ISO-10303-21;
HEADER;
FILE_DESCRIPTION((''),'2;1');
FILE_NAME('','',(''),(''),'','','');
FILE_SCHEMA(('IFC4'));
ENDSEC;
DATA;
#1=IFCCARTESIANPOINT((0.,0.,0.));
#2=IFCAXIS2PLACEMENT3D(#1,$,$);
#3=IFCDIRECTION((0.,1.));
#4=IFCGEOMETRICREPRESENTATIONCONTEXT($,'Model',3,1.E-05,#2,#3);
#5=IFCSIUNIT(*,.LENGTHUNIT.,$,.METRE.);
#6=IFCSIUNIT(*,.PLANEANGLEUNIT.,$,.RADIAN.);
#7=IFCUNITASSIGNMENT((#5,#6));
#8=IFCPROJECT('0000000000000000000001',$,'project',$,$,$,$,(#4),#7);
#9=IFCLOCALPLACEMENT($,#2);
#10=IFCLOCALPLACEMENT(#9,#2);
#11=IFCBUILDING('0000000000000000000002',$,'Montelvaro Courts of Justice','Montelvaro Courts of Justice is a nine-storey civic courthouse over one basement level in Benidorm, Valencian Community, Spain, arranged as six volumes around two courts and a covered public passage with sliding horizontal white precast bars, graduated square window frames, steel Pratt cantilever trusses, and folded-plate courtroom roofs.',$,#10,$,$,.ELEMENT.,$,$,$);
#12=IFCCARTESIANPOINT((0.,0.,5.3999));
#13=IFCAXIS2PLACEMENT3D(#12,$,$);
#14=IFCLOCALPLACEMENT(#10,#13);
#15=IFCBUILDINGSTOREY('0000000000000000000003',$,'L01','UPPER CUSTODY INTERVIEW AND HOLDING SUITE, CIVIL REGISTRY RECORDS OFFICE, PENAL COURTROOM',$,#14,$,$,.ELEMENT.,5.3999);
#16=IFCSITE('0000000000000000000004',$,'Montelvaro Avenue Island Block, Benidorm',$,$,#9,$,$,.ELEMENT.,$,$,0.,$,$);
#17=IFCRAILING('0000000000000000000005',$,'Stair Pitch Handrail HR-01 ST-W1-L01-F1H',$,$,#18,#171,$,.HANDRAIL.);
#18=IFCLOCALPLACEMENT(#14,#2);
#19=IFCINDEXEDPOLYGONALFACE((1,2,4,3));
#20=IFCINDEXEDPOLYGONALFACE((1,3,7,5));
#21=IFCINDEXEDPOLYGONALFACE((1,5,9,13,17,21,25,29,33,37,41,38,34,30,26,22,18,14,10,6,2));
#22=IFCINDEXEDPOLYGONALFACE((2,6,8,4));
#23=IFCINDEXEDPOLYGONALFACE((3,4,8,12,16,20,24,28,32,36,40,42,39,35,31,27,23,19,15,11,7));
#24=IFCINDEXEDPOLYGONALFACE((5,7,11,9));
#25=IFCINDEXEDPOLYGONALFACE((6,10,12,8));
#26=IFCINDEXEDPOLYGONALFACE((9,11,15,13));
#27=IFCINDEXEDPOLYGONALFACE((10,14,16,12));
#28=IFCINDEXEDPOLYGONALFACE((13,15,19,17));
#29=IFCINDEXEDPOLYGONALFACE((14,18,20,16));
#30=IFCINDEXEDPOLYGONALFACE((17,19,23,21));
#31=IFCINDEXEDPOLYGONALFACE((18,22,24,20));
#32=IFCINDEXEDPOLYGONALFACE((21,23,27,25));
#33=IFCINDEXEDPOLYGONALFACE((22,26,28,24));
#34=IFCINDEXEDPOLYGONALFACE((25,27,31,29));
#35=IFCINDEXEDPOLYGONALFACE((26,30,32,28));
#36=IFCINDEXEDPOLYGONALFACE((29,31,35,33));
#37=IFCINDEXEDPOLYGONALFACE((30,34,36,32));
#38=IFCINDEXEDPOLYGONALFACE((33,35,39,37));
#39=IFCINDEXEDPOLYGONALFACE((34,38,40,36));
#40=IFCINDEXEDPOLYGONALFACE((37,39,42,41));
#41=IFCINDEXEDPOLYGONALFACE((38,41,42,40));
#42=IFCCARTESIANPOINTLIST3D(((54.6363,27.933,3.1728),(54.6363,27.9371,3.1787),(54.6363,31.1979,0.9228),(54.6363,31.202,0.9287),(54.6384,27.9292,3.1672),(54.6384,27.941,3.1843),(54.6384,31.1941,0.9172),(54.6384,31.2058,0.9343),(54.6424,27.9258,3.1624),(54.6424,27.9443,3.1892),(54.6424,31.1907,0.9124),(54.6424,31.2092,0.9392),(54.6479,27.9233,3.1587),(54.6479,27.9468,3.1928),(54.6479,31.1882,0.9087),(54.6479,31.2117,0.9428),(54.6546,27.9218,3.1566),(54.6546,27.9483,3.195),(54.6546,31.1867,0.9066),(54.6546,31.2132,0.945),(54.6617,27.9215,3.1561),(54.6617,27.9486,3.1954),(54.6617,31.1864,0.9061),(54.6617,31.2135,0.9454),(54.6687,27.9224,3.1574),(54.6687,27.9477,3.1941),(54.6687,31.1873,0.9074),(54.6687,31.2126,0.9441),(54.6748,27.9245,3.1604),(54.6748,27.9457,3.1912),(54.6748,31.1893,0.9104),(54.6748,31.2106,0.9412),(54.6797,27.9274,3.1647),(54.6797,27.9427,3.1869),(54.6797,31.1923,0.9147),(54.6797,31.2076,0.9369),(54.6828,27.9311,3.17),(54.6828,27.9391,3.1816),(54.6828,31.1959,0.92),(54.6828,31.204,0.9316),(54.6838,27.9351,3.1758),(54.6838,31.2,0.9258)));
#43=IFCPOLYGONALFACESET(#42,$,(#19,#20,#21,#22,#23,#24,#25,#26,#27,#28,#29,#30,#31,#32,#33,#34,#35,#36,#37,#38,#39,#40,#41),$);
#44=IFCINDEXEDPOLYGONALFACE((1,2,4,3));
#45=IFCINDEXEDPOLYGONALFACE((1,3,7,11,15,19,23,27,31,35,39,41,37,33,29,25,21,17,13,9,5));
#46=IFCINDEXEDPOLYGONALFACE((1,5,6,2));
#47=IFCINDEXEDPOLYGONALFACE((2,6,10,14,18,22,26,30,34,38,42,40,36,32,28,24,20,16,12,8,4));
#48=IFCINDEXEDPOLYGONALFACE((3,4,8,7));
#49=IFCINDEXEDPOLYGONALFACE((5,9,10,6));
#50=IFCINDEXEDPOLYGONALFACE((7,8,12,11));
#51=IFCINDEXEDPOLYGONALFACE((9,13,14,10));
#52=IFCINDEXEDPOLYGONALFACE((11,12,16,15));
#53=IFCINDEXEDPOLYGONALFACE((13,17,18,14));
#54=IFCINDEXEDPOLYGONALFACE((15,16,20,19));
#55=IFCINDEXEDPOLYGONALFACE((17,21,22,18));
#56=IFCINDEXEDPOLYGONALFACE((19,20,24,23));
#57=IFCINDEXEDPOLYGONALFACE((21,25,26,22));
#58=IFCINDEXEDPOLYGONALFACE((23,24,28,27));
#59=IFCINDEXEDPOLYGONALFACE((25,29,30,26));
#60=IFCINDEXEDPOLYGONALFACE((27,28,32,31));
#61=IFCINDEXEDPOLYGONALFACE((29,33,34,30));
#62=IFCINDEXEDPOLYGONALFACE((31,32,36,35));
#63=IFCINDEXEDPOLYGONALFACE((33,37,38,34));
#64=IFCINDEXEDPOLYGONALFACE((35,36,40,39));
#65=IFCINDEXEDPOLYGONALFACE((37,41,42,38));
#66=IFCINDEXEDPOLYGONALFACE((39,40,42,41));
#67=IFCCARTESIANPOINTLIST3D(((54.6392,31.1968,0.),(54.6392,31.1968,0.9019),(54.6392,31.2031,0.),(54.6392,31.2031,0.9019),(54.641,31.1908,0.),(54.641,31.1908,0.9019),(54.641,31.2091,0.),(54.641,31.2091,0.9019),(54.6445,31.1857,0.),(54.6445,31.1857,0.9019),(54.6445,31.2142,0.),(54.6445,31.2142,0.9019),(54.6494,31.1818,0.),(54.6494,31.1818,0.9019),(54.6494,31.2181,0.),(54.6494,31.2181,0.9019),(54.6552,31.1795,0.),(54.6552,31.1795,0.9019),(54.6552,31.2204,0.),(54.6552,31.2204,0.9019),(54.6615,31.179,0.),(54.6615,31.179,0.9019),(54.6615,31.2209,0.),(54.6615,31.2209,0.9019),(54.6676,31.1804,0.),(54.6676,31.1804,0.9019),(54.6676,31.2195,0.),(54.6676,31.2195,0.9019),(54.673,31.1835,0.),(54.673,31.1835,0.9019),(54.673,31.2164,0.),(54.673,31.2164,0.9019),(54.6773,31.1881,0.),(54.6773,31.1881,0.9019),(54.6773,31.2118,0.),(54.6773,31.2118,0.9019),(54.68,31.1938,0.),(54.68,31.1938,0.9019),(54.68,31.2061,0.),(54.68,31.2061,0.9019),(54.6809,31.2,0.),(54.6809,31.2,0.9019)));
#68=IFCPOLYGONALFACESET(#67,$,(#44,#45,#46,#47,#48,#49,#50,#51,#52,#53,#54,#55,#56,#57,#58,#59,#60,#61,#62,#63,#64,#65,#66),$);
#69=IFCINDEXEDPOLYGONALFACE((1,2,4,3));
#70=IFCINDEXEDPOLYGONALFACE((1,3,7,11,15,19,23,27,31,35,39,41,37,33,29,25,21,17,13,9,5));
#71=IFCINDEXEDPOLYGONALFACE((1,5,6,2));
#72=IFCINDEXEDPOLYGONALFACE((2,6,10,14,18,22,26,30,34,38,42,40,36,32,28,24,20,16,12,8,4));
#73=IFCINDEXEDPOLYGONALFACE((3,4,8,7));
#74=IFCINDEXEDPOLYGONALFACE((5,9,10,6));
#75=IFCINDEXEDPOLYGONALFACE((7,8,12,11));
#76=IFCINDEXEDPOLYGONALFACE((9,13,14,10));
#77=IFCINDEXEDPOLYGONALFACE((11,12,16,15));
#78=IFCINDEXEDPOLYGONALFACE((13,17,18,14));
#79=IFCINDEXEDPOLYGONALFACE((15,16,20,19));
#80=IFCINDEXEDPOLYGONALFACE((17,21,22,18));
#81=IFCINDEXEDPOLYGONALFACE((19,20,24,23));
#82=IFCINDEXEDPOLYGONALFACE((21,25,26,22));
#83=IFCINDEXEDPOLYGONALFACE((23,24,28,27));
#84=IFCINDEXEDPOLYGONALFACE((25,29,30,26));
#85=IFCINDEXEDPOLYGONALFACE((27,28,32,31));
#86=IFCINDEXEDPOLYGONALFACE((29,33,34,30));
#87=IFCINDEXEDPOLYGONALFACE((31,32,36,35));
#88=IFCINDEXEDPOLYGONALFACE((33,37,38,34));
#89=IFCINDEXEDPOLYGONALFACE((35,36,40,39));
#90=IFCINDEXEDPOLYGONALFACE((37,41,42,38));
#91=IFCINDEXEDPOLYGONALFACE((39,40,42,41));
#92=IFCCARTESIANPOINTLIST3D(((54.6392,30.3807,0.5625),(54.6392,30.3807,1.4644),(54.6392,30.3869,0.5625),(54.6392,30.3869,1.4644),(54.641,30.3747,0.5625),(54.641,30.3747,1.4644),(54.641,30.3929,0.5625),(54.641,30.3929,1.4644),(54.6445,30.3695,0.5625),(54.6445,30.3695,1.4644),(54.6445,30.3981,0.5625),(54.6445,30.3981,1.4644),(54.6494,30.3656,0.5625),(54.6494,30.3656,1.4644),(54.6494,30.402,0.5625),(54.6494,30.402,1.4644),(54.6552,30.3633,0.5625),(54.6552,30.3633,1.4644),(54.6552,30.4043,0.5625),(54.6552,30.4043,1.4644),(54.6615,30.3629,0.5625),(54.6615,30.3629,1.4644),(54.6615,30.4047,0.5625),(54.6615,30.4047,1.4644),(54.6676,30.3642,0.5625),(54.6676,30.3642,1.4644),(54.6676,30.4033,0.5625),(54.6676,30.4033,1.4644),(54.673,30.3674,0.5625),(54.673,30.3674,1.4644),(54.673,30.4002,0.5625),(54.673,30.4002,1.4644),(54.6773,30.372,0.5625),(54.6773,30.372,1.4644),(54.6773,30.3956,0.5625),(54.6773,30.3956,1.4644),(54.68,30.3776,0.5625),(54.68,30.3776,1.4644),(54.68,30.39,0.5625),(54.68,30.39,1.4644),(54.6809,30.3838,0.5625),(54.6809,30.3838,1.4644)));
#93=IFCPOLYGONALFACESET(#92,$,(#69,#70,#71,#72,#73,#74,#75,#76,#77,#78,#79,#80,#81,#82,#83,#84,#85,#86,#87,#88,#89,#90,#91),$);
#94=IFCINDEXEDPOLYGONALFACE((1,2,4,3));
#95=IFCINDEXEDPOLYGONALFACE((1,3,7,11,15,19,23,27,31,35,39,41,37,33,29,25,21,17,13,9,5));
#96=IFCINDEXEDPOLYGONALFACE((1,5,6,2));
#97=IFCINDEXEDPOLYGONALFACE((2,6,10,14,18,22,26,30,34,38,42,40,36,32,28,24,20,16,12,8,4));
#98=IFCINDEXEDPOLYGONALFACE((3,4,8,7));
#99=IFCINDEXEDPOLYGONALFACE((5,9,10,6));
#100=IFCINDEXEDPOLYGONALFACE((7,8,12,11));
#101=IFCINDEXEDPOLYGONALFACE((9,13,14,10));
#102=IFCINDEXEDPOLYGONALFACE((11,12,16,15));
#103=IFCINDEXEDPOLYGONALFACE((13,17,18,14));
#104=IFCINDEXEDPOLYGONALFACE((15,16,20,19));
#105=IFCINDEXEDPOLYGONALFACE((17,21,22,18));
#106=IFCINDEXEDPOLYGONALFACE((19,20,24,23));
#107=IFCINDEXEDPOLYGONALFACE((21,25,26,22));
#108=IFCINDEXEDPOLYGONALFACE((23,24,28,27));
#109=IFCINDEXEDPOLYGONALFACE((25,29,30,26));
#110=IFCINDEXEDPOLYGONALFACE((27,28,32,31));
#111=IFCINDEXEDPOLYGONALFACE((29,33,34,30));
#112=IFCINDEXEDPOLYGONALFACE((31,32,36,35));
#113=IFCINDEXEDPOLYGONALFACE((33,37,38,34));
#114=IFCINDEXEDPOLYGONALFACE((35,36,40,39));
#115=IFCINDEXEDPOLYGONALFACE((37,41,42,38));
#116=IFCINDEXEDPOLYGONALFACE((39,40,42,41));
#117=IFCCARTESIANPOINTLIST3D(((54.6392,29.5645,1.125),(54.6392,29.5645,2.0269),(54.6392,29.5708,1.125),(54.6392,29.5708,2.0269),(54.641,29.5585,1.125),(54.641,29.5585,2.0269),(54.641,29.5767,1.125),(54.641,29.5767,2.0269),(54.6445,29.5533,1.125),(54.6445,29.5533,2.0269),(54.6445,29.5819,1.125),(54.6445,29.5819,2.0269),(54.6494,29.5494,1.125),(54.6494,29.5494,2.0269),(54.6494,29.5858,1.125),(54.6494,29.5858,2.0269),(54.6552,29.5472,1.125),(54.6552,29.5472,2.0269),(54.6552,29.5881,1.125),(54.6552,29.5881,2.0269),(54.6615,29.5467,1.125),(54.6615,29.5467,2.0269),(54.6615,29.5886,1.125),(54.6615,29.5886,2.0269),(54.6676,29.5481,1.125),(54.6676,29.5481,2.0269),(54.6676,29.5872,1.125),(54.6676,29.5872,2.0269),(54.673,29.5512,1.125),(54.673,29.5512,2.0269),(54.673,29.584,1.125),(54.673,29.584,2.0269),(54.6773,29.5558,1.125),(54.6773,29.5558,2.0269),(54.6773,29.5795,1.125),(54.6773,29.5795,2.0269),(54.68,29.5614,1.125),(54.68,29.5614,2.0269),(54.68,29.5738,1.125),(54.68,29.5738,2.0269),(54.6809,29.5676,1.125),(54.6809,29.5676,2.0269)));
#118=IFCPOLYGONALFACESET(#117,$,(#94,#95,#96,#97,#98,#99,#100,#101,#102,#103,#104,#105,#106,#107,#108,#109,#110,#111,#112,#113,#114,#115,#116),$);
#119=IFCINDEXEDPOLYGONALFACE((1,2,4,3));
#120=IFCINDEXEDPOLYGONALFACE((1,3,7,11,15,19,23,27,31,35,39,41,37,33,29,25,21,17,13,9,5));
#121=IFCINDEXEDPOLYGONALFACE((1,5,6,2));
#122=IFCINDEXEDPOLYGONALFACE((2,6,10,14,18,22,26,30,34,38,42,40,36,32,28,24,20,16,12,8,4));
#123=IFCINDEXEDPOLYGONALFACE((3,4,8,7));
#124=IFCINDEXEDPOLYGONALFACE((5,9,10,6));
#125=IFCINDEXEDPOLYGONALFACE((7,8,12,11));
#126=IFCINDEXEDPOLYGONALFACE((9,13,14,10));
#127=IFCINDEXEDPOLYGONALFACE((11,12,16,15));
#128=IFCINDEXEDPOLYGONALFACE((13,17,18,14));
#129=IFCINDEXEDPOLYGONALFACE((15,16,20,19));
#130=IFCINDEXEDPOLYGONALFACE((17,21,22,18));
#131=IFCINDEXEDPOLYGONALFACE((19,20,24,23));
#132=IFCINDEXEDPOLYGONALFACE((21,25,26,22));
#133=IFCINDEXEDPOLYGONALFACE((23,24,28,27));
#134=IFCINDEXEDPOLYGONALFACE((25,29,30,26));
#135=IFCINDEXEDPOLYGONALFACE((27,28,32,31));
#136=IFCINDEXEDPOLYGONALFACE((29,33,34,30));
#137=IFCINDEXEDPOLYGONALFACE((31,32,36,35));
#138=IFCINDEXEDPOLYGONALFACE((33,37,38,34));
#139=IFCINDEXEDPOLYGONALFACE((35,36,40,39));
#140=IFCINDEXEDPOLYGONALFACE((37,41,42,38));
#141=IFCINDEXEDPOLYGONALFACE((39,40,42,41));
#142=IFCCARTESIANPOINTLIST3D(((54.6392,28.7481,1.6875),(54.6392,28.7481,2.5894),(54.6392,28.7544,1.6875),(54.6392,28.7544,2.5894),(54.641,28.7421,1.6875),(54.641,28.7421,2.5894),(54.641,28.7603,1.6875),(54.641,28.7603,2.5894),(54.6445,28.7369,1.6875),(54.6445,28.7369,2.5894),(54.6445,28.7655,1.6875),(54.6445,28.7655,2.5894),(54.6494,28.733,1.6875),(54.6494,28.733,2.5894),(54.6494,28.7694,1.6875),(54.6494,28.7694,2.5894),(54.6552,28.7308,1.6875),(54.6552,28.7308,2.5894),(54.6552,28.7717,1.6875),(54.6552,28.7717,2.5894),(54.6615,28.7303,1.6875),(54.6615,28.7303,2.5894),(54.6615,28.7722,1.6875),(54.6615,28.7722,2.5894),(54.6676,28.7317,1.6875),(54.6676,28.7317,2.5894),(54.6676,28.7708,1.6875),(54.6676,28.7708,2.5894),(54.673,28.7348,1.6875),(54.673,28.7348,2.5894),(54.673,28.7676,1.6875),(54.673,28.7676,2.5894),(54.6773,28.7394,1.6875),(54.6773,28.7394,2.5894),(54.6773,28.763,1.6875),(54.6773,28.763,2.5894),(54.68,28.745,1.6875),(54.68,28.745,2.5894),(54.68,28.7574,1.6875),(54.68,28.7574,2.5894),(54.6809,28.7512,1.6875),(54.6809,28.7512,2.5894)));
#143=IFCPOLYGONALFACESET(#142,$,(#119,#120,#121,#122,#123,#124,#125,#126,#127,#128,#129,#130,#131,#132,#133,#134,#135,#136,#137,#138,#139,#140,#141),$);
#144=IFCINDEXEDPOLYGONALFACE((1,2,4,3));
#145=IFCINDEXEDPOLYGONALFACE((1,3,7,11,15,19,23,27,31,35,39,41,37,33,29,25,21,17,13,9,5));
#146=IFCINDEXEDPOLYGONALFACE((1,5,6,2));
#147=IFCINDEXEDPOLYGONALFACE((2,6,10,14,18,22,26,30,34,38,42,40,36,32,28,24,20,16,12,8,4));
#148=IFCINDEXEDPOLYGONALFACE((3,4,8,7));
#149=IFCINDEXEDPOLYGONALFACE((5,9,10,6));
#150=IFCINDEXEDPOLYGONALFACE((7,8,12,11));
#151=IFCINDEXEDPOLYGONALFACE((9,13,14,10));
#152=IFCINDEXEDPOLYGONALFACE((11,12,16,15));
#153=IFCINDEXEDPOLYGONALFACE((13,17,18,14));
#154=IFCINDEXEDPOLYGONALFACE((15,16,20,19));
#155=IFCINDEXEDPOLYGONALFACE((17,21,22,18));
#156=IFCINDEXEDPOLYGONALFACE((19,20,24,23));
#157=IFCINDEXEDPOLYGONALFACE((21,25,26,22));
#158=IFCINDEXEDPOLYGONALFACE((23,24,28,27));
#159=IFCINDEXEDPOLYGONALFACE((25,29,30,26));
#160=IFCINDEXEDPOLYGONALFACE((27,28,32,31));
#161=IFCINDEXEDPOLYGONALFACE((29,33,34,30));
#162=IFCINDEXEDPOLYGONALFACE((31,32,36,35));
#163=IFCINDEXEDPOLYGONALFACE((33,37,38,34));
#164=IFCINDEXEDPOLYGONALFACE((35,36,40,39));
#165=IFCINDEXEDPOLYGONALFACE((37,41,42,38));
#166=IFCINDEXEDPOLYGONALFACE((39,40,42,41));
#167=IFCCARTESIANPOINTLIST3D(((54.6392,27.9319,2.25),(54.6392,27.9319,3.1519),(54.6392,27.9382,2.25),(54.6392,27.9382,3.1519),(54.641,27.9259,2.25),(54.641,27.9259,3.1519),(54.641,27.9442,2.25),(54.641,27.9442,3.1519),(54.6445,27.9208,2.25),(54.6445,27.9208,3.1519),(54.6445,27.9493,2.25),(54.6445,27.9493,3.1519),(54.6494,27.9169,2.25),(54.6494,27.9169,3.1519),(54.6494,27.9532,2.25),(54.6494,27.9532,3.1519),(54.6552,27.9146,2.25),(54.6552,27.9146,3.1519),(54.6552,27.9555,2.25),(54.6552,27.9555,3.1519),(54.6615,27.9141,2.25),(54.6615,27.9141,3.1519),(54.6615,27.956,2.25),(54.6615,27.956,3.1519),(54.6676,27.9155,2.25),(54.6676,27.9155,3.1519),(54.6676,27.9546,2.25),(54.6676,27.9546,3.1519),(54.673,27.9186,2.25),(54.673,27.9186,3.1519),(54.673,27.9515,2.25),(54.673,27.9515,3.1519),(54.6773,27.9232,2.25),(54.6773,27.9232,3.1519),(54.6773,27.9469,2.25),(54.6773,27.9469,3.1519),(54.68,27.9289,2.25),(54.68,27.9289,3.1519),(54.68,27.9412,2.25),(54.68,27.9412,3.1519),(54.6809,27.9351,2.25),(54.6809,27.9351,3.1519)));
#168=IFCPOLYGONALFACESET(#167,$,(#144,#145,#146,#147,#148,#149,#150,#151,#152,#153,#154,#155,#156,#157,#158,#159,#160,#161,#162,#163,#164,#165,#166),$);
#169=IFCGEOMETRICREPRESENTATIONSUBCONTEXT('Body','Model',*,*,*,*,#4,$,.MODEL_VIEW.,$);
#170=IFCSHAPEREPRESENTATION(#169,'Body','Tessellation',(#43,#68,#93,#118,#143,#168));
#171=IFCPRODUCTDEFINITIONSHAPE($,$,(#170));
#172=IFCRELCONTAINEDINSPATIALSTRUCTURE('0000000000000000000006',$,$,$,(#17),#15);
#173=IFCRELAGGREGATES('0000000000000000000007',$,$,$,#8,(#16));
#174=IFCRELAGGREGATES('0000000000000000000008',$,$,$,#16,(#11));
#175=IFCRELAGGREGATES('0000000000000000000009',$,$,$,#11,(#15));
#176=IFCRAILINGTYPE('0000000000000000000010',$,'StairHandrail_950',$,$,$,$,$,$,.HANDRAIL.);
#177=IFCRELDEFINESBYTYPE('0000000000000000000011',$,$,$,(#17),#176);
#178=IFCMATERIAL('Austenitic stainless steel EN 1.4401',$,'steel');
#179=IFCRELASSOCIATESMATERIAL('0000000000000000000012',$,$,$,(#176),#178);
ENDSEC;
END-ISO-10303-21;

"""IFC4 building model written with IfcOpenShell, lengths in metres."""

from ifc_helpers import new_model, si_unit, direction, frame, origin, origin_2d, place, context, subcontext, project, spatial, circle, extrude, material, type_object, element, save


model = new_model("IFC4")

# Units and contexts
model_context = context("Model", 3, precision=1e-05, world=origin(), true_north=direction((0.0, 1.0)))
body_context = subcontext(model_context, "Body", "Model", "MODEL_VIEW")
ifc_project = project(units=[si_unit("LENGTHUNIT", "METRE"), si_unit("PLANEANGLEUNIT", "RADIAN")], contexts=[model_context])

# Site, building, storey
site_placement = place(None, origin())
site = spatial("IfcSite", under=ifc_project, at=site_placement, Name="Montelvaro Avenue Island Block, Benidorm", CompositionType="ELEMENT", RefElevation=0.0)
building_placement = place(site_placement, origin())
building = spatial("IfcBuilding", under=site, at=building_placement, Name="Montelvaro Courts of Justice", Description="Montelvaro Courts of Justice is a nine-storey civic courthouse over one basement level in Benidorm, Valencian Community, Spain, arranged as six volumes around two courts and a covered public passage with sliding horizontal white precast bars, graduated square window frames, steel Pratt cantilever trusses, and folded-plate courtroom roofs.", CompositionType="ELEMENT")
storey_placement = place(building_placement, frame((0.0, 0.0, 5.3999)))
storey = spatial("IfcBuildingStorey", under=building, at=storey_placement, Name="L01", Description="UPPER CUSTODY INTERVIEW AND HOLDING SUITE, CIVIL REGISTRY RECORDS OFFICE, PENAL COURTROOM", CompositionType="ELEMENT", Elevation=5.3999)

# Railing
ifc_material_1 = material(Name="Austenitic stainless steel EN 1.4401", Category="steel")
railing_type_1 = type_object("IfcRailingType", Name="StairHandrail_950", PredefinedType="HANDRAIL", material=ifc_material_1)
railing_1_placement = place(storey_placement, frame((54.6599, 31.2, 0.0)))
element("IfcRailing", 1, at=railing_1_placement, inside=storey, type_object=railing_type_1, Name="Stair Pitch Handrail HR-01 ST-W1-L01-F1H", PredefinedType="HANDRAIL", context=body_context, shape_type="SweptSolid", body=[
    extrude(circle(Radius=0.0239, at=origin_2d()), frame((0.0, 0.0, 0.9258), z_axis=(0.0, -0.823407, 0.567451), x_axis=(1.0, 0.0, 0.0)), (0.0, 0.0, 1.0), 3.9651),
    extrude(circle(Radius=0.021, at=origin_2d()), origin(), (0.0, 0.0, 1.0), 0.9019),
    extrude(circle(Radius=0.021, at=origin_2d()), frame((0.0, -0.8162, 0.5625)), (0.0, 0.0, 1.0), 0.9019),
    extrude(circle(Radius=0.021, at=origin_2d()), frame((0.0, -1.6323, 1.125)), (0.0, 0.0, 1.0), 0.9019),
    extrude(circle(Radius=0.021, at=origin_2d()), frame((0.0, -2.4487, 1.6875)), (0.0, 0.0, 1.0), 0.9019),
    extrude(circle(Radius=0.021, at=origin_2d()), frame((0.0, -3.2649, 2.25)), (0.0, 0.0, 1.0), 0.9019),
])

save(model, "model.ifc")
